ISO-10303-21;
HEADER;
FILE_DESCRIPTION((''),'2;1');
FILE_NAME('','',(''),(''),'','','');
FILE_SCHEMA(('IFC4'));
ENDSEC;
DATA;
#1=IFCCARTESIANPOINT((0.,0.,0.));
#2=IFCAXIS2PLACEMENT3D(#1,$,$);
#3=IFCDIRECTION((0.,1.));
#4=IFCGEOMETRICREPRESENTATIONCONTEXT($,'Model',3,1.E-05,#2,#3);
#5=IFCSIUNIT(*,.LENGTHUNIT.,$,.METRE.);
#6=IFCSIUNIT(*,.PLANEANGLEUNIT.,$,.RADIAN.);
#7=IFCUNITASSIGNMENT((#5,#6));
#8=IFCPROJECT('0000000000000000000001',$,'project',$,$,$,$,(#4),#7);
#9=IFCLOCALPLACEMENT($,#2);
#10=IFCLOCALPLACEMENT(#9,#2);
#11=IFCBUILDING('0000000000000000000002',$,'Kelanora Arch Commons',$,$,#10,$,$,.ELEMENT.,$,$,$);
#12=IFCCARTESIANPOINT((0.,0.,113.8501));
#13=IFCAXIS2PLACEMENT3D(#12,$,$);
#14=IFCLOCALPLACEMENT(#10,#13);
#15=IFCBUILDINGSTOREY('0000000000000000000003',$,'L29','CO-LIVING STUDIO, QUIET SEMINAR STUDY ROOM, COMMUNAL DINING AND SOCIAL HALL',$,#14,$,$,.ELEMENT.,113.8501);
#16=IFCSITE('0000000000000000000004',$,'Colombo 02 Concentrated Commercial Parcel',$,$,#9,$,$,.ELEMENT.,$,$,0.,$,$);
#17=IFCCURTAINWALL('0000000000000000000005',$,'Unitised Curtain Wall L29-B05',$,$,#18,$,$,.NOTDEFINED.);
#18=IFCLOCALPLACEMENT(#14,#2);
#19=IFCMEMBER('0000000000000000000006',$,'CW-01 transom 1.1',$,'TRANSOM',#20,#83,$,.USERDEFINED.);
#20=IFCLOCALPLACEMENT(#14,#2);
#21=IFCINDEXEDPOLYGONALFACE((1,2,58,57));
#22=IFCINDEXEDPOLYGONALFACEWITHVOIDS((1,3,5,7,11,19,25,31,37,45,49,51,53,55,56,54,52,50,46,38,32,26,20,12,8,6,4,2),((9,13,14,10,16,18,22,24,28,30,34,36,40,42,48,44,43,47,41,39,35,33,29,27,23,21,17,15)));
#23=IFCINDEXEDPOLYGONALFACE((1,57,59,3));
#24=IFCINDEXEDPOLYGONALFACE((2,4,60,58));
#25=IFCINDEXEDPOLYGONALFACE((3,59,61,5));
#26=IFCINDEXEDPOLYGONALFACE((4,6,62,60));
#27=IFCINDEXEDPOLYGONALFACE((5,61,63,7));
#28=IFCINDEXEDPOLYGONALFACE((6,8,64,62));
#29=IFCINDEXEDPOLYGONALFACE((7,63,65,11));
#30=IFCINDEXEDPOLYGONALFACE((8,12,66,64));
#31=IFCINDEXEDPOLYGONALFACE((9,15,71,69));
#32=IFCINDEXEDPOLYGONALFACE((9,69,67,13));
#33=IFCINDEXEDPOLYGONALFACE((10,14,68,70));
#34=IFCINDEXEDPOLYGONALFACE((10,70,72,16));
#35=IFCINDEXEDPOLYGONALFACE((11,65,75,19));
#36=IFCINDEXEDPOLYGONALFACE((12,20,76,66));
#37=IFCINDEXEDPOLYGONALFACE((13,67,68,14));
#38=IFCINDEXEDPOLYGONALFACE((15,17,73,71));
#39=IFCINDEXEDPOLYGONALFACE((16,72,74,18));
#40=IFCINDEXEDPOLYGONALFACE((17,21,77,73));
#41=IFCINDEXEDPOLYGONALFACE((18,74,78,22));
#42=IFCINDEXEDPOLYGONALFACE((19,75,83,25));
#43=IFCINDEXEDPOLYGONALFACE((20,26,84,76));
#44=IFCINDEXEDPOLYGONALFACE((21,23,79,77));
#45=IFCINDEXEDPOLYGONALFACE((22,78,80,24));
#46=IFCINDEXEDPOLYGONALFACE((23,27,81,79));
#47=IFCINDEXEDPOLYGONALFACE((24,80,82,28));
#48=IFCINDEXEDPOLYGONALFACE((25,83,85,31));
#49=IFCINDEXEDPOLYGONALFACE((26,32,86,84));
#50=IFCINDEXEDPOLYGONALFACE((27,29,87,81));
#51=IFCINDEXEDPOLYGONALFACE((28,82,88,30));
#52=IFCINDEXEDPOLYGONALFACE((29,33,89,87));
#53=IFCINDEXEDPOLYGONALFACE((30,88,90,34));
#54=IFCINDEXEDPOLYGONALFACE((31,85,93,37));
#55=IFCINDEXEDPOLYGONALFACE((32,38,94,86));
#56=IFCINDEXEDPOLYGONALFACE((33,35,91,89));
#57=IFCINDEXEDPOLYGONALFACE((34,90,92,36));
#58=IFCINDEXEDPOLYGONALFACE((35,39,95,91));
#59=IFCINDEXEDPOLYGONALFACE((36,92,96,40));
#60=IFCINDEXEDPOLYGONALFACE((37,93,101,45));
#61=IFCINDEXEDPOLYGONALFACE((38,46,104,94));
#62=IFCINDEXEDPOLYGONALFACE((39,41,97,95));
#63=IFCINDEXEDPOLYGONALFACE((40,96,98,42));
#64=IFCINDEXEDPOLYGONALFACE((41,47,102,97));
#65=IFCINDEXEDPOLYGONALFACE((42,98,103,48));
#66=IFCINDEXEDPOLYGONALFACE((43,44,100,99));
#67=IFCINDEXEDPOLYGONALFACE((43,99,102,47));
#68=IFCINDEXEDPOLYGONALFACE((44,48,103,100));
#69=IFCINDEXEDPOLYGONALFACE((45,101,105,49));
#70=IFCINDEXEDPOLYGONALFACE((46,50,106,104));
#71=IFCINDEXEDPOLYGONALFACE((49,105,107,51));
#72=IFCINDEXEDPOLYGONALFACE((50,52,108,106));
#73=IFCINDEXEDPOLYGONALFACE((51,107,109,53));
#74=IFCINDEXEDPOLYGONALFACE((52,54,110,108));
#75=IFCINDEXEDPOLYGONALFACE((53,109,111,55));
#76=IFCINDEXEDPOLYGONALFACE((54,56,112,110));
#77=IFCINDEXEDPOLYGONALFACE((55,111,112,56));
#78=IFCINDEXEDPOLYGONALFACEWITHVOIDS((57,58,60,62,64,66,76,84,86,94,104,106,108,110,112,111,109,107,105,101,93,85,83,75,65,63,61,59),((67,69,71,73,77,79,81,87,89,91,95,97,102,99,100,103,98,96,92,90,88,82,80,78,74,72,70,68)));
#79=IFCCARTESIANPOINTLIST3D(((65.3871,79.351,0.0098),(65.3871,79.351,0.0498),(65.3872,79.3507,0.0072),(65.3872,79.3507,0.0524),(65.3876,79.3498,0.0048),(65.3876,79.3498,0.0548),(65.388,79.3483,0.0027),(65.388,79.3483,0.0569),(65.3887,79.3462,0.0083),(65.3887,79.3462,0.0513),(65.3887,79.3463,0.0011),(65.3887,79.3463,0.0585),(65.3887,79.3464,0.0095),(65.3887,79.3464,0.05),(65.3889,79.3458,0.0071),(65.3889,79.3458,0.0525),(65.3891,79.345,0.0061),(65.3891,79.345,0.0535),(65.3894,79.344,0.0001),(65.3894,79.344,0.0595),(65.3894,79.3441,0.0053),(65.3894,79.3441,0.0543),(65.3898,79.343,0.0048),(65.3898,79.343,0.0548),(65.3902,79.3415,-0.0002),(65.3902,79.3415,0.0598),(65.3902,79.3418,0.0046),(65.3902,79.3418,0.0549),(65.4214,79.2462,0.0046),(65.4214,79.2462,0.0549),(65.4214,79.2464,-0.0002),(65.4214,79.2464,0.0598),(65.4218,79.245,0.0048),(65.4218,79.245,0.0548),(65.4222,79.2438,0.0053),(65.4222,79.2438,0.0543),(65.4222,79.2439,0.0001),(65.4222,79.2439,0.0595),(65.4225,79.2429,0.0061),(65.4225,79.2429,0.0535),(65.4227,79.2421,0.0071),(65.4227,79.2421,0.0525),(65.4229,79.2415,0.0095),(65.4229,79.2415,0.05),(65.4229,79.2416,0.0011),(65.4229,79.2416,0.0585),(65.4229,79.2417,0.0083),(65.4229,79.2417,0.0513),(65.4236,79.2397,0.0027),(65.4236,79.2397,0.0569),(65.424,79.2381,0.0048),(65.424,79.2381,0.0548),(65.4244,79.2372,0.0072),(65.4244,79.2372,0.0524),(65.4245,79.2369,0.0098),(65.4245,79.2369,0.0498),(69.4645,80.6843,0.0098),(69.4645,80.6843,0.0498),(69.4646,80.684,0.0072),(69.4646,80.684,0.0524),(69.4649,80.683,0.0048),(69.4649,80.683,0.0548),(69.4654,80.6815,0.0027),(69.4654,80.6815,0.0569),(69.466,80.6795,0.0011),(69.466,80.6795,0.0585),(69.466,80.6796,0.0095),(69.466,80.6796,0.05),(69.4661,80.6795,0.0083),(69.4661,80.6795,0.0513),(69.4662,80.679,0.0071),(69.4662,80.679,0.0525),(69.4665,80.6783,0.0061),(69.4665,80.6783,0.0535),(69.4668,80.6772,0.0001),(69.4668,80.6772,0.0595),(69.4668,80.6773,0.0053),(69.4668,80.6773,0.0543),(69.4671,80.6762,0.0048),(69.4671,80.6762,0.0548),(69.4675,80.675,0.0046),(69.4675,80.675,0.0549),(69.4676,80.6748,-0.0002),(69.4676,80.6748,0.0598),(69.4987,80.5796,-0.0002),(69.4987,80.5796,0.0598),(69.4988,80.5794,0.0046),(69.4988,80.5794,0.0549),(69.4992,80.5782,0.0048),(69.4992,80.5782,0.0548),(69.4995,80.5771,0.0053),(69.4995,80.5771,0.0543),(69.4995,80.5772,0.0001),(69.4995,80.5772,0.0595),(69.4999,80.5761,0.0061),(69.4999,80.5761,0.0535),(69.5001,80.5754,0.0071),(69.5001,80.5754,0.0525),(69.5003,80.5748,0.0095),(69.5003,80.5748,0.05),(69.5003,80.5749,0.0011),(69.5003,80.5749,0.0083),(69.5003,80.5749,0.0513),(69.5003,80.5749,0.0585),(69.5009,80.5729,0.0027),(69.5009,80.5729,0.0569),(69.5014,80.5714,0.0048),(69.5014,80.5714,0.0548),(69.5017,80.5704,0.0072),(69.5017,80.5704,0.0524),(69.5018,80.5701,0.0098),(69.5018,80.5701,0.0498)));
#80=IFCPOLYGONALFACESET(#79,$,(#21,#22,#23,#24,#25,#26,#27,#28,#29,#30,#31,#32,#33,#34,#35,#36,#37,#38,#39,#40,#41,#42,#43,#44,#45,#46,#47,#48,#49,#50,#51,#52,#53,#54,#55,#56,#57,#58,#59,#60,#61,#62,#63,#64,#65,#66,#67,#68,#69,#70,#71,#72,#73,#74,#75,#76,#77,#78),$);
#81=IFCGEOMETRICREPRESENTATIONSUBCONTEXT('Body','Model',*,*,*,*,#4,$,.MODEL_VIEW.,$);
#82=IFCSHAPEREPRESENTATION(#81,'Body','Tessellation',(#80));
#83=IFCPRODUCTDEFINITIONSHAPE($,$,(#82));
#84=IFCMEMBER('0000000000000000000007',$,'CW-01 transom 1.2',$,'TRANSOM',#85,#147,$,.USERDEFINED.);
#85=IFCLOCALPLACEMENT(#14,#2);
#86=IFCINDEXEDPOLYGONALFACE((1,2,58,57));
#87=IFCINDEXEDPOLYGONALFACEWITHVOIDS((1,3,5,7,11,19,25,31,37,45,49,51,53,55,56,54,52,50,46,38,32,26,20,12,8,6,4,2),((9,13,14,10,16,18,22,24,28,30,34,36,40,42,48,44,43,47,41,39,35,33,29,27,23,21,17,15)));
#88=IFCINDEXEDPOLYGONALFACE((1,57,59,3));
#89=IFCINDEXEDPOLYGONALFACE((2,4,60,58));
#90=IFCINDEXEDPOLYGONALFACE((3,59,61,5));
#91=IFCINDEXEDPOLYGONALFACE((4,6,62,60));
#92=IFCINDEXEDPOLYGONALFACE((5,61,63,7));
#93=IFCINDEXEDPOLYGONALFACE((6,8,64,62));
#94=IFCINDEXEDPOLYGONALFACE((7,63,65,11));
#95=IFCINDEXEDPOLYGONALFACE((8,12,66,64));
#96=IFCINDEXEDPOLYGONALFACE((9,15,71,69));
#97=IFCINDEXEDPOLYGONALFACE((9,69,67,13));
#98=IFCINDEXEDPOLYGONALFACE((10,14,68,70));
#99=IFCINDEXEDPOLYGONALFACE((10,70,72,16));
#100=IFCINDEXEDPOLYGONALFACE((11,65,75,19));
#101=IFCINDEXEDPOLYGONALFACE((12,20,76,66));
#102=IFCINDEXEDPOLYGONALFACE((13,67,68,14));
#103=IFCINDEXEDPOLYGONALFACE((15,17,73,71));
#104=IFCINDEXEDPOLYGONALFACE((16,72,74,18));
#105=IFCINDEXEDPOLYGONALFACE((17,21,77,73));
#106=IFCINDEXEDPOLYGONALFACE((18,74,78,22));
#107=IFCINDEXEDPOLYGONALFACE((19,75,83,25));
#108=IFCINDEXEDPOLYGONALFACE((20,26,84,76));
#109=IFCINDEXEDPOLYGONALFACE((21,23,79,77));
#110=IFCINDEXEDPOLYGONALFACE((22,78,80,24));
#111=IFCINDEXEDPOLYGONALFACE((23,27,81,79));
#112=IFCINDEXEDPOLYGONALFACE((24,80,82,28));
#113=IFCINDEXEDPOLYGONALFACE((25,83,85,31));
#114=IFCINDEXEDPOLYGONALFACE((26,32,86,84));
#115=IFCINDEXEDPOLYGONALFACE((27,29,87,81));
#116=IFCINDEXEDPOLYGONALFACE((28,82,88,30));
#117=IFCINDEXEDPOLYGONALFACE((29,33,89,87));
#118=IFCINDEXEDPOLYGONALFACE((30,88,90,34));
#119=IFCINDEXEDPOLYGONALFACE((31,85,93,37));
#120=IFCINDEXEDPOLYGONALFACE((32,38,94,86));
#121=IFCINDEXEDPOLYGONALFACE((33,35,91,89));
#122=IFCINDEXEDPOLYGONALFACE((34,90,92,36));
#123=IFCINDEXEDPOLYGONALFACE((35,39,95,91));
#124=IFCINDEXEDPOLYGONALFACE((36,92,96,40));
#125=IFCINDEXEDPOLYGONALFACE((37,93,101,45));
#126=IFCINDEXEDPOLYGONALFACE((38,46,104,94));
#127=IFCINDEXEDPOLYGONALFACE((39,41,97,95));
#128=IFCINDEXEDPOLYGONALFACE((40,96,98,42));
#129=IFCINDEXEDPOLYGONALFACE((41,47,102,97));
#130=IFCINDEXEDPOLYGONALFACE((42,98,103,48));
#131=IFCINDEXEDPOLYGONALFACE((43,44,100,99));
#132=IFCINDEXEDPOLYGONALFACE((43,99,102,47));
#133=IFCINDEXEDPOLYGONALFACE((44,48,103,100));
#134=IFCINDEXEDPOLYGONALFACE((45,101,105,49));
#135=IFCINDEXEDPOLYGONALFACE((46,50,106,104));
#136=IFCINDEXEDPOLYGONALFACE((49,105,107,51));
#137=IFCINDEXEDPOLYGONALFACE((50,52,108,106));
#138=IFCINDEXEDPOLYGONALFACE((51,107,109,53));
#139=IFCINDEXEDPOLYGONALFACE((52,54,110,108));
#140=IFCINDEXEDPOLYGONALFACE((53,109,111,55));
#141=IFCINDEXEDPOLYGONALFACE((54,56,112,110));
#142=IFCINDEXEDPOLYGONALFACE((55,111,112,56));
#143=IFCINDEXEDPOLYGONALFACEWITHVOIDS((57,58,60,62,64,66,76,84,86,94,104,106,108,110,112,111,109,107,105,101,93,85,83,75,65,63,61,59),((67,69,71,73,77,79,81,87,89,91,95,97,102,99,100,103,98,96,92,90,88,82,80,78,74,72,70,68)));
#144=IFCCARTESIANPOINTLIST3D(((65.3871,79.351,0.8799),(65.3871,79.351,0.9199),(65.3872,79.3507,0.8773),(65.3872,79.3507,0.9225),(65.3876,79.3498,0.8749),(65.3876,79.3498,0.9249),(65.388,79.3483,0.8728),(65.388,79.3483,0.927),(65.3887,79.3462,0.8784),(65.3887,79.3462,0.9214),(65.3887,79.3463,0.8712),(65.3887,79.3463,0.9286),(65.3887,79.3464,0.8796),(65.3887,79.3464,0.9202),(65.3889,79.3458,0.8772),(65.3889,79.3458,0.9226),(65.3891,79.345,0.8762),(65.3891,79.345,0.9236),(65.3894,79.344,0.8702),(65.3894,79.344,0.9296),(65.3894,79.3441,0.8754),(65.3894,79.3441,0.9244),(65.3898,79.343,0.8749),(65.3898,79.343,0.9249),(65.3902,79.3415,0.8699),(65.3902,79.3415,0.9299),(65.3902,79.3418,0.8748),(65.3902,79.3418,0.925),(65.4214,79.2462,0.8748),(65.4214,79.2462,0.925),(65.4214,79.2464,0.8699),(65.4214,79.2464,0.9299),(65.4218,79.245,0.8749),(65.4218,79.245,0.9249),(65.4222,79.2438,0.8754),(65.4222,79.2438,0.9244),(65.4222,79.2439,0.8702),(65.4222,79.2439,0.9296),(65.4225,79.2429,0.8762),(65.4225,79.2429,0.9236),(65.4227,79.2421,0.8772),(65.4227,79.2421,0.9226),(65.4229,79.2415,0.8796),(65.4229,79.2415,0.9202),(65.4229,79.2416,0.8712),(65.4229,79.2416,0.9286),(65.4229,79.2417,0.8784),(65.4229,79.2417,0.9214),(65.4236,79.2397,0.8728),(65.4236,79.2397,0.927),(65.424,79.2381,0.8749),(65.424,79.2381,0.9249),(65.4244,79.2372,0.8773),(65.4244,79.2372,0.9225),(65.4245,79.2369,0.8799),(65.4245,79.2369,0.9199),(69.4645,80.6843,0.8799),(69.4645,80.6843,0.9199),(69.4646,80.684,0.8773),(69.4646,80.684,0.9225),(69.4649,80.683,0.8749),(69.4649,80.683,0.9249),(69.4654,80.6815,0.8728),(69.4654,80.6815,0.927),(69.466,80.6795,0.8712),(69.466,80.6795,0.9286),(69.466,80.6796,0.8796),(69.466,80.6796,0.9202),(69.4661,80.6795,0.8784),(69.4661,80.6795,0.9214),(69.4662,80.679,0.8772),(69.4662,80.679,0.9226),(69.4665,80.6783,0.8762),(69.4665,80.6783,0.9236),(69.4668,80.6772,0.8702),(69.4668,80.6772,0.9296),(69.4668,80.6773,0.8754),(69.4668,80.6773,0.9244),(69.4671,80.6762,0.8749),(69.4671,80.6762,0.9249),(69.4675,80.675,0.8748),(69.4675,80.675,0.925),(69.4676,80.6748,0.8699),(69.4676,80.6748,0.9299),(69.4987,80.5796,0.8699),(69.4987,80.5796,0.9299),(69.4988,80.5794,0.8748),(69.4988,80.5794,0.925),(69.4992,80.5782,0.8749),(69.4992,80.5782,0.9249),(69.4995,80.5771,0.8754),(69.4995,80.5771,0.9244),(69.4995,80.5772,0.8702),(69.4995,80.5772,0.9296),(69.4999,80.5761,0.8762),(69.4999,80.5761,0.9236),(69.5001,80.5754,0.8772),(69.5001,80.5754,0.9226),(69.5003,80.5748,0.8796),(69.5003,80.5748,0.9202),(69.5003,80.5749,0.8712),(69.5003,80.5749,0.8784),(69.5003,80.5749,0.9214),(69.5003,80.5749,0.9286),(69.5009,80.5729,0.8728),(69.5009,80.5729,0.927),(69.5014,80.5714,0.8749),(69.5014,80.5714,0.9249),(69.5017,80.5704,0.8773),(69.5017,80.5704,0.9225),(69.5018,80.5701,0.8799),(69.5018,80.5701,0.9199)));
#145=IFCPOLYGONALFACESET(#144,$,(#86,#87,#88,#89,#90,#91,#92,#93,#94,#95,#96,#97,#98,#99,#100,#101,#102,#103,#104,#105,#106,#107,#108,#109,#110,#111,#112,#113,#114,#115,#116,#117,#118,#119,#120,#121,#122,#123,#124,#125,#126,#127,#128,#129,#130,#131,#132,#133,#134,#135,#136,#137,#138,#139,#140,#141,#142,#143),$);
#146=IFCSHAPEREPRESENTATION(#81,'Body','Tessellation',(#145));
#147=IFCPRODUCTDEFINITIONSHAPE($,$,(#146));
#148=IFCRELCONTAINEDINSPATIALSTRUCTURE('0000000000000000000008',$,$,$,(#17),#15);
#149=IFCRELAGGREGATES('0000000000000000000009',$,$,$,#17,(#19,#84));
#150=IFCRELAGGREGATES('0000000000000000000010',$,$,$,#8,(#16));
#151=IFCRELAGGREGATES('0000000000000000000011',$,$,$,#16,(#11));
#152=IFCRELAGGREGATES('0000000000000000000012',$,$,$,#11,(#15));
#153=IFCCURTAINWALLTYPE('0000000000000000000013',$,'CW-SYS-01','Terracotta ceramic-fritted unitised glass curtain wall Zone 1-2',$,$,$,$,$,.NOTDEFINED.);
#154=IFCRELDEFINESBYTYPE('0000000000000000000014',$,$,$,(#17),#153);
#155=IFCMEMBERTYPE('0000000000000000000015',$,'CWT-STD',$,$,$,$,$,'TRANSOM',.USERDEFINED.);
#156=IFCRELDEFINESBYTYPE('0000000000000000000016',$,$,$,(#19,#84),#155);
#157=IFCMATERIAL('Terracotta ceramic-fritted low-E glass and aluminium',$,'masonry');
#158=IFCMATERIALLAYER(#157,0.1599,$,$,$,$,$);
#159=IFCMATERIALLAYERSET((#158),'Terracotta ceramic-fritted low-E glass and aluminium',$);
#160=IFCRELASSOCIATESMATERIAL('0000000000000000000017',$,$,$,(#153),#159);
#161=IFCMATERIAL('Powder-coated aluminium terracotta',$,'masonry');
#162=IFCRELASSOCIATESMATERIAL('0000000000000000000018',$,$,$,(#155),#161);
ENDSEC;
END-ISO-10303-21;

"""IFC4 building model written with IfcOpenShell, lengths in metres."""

from ifc_helpers import new_model, si_unit, direction, frame, origin, origin_2d, place, context, subcontext, project, spatial, hollow_rectangle, extrude, material, layer, layer_set, material_profile, profile_set, type_object, element, aggregate, save


model = new_model("IFC4")

# Units and contexts
model_context = context("Model", 3, precision=1e-05, world=origin(), true_north=direction((0.0, 1.0)))
body_context = subcontext(model_context, "Body", "Model", "MODEL_VIEW")
ifc_project = project(units=[si_unit("LENGTHUNIT", "METRE"), si_unit("PLANEANGLEUNIT", "RADIAN")], contexts=[model_context])

# Site, building, storey
site_placement = place(None, origin())
site = spatial("IfcSite", under=ifc_project, at=site_placement, Name="Colombo 02 Concentrated Commercial Parcel", CompositionType="ELEMENT", RefElevation=0.0)
building_placement = place(site_placement, origin())
building = spatial("IfcBuilding", under=site, at=building_placement, Name="Kelanora Arch Commons", CompositionType="ELEMENT")
storey_placement = place(building_placement, frame((0.0, 0.0, 113.8501)))
storey = spatial("IfcBuildingStorey", under=building, at=storey_placement, Name="L29", Description="CO-LIVING STUDIO, QUIET SEMINAR STUDY ROOM, COMMUNAL DINING AND SOCIAL HALL", CompositionType="ELEMENT", Elevation=113.8501)

# Curtain wall, members
ifc_material_1 = material(Name="Terracotta ceramic-fritted low-E glass and aluminium", Category="masonry")
ifc_layer_1 = layer(ifc_material_1, 0.1599)
ifc_layer_set_1 = layer_set([ifc_layer_1], Name="Terracotta ceramic-fritted low-E glass and aluminium")
curtain_wall_type = type_object("IfcCurtainWallType", Name="CW-SYS-01", Description="Terracotta ceramic-fritted unitised glass curtain wall Zone 1-2", PredefinedType="NOTDEFINED", material=ifc_layer_set_1)
curtain_wall_placement = place(storey_placement, origin())
curtain_wall = element("IfcCurtainWall", 1, at=curtain_wall_placement, inside=storey, type_object=curtain_wall_type, Name="Unitised Curtain Wall L29-B05", PredefinedType="NOTDEFINED")
ifc_material_2 = material(Name="Powder-coated aluminium terracotta", Category="masonry")
ifc_material_profile_1 = material_profile(ifc_material_2, hollow_rectangle(XDim=0.1201, YDim=0.0601, WallThickness=0.0049, InnerFilletRadius=0.0049, OuterFilletRadius=0.01, at=origin_2d()), Name="CWT120x60")
ifc_profile_set_1 = profile_set([ifc_material_profile_1], Name="Powder-coated aluminium terracotta")
member_type_1 = type_object("IfcMemberType", Name="CWT-STD", ElementType="TRANSOM", PredefinedType="USERDEFINED", material=ifc_profile_set_1)
member_1_placement = place(storey_placement, frame((69.4832, 80.6272, 0.0298), z_axis=(-0.950478, -0.310793, 0.0), x_axis=(0.310793, -0.950478, 0.0)))
member_1 = element("IfcMember", 2, at=member_1_placement, type_object=member_type_1, Name="CW-01 transom 1.1", ObjectType="TRANSOM", PredefinedType="USERDEFINED", context=body_context, shape_type="SweptSolid", body=[
    extrude(hollow_rectangle(XDim=0.1201, YDim=0.0601, WallThickness=0.0049, InnerFilletRadius=0.0049, OuterFilletRadius=0.01, at=origin_2d()), origin(), (0.0, 0.0, 1.0), 4.2898),
])
member_2_placement = place(storey_placement, frame((69.4832, 80.6272, 0.8999), z_axis=(-0.950478, -0.310793, 0.0), x_axis=(0.310793, -0.950478, 0.0)))
member_2 = element("IfcMember", 3, at=member_2_placement, type_object=member_type_1, Name="CW-01 transom 1.2", ObjectType="TRANSOM", PredefinedType="USERDEFINED", context=body_context, shape_type="SweptSolid", body=[
    extrude(hollow_rectangle(XDim=0.1201, YDim=0.0601, WallThickness=0.0049, InnerFilletRadius=0.0049, OuterFilletRadius=0.01, at=origin_2d()), origin(), (0.0, 0.0, 1.0), 4.2898),
])
aggregate(curtain_wall, [member_1, member_2])

save(model, "model.ifc")
